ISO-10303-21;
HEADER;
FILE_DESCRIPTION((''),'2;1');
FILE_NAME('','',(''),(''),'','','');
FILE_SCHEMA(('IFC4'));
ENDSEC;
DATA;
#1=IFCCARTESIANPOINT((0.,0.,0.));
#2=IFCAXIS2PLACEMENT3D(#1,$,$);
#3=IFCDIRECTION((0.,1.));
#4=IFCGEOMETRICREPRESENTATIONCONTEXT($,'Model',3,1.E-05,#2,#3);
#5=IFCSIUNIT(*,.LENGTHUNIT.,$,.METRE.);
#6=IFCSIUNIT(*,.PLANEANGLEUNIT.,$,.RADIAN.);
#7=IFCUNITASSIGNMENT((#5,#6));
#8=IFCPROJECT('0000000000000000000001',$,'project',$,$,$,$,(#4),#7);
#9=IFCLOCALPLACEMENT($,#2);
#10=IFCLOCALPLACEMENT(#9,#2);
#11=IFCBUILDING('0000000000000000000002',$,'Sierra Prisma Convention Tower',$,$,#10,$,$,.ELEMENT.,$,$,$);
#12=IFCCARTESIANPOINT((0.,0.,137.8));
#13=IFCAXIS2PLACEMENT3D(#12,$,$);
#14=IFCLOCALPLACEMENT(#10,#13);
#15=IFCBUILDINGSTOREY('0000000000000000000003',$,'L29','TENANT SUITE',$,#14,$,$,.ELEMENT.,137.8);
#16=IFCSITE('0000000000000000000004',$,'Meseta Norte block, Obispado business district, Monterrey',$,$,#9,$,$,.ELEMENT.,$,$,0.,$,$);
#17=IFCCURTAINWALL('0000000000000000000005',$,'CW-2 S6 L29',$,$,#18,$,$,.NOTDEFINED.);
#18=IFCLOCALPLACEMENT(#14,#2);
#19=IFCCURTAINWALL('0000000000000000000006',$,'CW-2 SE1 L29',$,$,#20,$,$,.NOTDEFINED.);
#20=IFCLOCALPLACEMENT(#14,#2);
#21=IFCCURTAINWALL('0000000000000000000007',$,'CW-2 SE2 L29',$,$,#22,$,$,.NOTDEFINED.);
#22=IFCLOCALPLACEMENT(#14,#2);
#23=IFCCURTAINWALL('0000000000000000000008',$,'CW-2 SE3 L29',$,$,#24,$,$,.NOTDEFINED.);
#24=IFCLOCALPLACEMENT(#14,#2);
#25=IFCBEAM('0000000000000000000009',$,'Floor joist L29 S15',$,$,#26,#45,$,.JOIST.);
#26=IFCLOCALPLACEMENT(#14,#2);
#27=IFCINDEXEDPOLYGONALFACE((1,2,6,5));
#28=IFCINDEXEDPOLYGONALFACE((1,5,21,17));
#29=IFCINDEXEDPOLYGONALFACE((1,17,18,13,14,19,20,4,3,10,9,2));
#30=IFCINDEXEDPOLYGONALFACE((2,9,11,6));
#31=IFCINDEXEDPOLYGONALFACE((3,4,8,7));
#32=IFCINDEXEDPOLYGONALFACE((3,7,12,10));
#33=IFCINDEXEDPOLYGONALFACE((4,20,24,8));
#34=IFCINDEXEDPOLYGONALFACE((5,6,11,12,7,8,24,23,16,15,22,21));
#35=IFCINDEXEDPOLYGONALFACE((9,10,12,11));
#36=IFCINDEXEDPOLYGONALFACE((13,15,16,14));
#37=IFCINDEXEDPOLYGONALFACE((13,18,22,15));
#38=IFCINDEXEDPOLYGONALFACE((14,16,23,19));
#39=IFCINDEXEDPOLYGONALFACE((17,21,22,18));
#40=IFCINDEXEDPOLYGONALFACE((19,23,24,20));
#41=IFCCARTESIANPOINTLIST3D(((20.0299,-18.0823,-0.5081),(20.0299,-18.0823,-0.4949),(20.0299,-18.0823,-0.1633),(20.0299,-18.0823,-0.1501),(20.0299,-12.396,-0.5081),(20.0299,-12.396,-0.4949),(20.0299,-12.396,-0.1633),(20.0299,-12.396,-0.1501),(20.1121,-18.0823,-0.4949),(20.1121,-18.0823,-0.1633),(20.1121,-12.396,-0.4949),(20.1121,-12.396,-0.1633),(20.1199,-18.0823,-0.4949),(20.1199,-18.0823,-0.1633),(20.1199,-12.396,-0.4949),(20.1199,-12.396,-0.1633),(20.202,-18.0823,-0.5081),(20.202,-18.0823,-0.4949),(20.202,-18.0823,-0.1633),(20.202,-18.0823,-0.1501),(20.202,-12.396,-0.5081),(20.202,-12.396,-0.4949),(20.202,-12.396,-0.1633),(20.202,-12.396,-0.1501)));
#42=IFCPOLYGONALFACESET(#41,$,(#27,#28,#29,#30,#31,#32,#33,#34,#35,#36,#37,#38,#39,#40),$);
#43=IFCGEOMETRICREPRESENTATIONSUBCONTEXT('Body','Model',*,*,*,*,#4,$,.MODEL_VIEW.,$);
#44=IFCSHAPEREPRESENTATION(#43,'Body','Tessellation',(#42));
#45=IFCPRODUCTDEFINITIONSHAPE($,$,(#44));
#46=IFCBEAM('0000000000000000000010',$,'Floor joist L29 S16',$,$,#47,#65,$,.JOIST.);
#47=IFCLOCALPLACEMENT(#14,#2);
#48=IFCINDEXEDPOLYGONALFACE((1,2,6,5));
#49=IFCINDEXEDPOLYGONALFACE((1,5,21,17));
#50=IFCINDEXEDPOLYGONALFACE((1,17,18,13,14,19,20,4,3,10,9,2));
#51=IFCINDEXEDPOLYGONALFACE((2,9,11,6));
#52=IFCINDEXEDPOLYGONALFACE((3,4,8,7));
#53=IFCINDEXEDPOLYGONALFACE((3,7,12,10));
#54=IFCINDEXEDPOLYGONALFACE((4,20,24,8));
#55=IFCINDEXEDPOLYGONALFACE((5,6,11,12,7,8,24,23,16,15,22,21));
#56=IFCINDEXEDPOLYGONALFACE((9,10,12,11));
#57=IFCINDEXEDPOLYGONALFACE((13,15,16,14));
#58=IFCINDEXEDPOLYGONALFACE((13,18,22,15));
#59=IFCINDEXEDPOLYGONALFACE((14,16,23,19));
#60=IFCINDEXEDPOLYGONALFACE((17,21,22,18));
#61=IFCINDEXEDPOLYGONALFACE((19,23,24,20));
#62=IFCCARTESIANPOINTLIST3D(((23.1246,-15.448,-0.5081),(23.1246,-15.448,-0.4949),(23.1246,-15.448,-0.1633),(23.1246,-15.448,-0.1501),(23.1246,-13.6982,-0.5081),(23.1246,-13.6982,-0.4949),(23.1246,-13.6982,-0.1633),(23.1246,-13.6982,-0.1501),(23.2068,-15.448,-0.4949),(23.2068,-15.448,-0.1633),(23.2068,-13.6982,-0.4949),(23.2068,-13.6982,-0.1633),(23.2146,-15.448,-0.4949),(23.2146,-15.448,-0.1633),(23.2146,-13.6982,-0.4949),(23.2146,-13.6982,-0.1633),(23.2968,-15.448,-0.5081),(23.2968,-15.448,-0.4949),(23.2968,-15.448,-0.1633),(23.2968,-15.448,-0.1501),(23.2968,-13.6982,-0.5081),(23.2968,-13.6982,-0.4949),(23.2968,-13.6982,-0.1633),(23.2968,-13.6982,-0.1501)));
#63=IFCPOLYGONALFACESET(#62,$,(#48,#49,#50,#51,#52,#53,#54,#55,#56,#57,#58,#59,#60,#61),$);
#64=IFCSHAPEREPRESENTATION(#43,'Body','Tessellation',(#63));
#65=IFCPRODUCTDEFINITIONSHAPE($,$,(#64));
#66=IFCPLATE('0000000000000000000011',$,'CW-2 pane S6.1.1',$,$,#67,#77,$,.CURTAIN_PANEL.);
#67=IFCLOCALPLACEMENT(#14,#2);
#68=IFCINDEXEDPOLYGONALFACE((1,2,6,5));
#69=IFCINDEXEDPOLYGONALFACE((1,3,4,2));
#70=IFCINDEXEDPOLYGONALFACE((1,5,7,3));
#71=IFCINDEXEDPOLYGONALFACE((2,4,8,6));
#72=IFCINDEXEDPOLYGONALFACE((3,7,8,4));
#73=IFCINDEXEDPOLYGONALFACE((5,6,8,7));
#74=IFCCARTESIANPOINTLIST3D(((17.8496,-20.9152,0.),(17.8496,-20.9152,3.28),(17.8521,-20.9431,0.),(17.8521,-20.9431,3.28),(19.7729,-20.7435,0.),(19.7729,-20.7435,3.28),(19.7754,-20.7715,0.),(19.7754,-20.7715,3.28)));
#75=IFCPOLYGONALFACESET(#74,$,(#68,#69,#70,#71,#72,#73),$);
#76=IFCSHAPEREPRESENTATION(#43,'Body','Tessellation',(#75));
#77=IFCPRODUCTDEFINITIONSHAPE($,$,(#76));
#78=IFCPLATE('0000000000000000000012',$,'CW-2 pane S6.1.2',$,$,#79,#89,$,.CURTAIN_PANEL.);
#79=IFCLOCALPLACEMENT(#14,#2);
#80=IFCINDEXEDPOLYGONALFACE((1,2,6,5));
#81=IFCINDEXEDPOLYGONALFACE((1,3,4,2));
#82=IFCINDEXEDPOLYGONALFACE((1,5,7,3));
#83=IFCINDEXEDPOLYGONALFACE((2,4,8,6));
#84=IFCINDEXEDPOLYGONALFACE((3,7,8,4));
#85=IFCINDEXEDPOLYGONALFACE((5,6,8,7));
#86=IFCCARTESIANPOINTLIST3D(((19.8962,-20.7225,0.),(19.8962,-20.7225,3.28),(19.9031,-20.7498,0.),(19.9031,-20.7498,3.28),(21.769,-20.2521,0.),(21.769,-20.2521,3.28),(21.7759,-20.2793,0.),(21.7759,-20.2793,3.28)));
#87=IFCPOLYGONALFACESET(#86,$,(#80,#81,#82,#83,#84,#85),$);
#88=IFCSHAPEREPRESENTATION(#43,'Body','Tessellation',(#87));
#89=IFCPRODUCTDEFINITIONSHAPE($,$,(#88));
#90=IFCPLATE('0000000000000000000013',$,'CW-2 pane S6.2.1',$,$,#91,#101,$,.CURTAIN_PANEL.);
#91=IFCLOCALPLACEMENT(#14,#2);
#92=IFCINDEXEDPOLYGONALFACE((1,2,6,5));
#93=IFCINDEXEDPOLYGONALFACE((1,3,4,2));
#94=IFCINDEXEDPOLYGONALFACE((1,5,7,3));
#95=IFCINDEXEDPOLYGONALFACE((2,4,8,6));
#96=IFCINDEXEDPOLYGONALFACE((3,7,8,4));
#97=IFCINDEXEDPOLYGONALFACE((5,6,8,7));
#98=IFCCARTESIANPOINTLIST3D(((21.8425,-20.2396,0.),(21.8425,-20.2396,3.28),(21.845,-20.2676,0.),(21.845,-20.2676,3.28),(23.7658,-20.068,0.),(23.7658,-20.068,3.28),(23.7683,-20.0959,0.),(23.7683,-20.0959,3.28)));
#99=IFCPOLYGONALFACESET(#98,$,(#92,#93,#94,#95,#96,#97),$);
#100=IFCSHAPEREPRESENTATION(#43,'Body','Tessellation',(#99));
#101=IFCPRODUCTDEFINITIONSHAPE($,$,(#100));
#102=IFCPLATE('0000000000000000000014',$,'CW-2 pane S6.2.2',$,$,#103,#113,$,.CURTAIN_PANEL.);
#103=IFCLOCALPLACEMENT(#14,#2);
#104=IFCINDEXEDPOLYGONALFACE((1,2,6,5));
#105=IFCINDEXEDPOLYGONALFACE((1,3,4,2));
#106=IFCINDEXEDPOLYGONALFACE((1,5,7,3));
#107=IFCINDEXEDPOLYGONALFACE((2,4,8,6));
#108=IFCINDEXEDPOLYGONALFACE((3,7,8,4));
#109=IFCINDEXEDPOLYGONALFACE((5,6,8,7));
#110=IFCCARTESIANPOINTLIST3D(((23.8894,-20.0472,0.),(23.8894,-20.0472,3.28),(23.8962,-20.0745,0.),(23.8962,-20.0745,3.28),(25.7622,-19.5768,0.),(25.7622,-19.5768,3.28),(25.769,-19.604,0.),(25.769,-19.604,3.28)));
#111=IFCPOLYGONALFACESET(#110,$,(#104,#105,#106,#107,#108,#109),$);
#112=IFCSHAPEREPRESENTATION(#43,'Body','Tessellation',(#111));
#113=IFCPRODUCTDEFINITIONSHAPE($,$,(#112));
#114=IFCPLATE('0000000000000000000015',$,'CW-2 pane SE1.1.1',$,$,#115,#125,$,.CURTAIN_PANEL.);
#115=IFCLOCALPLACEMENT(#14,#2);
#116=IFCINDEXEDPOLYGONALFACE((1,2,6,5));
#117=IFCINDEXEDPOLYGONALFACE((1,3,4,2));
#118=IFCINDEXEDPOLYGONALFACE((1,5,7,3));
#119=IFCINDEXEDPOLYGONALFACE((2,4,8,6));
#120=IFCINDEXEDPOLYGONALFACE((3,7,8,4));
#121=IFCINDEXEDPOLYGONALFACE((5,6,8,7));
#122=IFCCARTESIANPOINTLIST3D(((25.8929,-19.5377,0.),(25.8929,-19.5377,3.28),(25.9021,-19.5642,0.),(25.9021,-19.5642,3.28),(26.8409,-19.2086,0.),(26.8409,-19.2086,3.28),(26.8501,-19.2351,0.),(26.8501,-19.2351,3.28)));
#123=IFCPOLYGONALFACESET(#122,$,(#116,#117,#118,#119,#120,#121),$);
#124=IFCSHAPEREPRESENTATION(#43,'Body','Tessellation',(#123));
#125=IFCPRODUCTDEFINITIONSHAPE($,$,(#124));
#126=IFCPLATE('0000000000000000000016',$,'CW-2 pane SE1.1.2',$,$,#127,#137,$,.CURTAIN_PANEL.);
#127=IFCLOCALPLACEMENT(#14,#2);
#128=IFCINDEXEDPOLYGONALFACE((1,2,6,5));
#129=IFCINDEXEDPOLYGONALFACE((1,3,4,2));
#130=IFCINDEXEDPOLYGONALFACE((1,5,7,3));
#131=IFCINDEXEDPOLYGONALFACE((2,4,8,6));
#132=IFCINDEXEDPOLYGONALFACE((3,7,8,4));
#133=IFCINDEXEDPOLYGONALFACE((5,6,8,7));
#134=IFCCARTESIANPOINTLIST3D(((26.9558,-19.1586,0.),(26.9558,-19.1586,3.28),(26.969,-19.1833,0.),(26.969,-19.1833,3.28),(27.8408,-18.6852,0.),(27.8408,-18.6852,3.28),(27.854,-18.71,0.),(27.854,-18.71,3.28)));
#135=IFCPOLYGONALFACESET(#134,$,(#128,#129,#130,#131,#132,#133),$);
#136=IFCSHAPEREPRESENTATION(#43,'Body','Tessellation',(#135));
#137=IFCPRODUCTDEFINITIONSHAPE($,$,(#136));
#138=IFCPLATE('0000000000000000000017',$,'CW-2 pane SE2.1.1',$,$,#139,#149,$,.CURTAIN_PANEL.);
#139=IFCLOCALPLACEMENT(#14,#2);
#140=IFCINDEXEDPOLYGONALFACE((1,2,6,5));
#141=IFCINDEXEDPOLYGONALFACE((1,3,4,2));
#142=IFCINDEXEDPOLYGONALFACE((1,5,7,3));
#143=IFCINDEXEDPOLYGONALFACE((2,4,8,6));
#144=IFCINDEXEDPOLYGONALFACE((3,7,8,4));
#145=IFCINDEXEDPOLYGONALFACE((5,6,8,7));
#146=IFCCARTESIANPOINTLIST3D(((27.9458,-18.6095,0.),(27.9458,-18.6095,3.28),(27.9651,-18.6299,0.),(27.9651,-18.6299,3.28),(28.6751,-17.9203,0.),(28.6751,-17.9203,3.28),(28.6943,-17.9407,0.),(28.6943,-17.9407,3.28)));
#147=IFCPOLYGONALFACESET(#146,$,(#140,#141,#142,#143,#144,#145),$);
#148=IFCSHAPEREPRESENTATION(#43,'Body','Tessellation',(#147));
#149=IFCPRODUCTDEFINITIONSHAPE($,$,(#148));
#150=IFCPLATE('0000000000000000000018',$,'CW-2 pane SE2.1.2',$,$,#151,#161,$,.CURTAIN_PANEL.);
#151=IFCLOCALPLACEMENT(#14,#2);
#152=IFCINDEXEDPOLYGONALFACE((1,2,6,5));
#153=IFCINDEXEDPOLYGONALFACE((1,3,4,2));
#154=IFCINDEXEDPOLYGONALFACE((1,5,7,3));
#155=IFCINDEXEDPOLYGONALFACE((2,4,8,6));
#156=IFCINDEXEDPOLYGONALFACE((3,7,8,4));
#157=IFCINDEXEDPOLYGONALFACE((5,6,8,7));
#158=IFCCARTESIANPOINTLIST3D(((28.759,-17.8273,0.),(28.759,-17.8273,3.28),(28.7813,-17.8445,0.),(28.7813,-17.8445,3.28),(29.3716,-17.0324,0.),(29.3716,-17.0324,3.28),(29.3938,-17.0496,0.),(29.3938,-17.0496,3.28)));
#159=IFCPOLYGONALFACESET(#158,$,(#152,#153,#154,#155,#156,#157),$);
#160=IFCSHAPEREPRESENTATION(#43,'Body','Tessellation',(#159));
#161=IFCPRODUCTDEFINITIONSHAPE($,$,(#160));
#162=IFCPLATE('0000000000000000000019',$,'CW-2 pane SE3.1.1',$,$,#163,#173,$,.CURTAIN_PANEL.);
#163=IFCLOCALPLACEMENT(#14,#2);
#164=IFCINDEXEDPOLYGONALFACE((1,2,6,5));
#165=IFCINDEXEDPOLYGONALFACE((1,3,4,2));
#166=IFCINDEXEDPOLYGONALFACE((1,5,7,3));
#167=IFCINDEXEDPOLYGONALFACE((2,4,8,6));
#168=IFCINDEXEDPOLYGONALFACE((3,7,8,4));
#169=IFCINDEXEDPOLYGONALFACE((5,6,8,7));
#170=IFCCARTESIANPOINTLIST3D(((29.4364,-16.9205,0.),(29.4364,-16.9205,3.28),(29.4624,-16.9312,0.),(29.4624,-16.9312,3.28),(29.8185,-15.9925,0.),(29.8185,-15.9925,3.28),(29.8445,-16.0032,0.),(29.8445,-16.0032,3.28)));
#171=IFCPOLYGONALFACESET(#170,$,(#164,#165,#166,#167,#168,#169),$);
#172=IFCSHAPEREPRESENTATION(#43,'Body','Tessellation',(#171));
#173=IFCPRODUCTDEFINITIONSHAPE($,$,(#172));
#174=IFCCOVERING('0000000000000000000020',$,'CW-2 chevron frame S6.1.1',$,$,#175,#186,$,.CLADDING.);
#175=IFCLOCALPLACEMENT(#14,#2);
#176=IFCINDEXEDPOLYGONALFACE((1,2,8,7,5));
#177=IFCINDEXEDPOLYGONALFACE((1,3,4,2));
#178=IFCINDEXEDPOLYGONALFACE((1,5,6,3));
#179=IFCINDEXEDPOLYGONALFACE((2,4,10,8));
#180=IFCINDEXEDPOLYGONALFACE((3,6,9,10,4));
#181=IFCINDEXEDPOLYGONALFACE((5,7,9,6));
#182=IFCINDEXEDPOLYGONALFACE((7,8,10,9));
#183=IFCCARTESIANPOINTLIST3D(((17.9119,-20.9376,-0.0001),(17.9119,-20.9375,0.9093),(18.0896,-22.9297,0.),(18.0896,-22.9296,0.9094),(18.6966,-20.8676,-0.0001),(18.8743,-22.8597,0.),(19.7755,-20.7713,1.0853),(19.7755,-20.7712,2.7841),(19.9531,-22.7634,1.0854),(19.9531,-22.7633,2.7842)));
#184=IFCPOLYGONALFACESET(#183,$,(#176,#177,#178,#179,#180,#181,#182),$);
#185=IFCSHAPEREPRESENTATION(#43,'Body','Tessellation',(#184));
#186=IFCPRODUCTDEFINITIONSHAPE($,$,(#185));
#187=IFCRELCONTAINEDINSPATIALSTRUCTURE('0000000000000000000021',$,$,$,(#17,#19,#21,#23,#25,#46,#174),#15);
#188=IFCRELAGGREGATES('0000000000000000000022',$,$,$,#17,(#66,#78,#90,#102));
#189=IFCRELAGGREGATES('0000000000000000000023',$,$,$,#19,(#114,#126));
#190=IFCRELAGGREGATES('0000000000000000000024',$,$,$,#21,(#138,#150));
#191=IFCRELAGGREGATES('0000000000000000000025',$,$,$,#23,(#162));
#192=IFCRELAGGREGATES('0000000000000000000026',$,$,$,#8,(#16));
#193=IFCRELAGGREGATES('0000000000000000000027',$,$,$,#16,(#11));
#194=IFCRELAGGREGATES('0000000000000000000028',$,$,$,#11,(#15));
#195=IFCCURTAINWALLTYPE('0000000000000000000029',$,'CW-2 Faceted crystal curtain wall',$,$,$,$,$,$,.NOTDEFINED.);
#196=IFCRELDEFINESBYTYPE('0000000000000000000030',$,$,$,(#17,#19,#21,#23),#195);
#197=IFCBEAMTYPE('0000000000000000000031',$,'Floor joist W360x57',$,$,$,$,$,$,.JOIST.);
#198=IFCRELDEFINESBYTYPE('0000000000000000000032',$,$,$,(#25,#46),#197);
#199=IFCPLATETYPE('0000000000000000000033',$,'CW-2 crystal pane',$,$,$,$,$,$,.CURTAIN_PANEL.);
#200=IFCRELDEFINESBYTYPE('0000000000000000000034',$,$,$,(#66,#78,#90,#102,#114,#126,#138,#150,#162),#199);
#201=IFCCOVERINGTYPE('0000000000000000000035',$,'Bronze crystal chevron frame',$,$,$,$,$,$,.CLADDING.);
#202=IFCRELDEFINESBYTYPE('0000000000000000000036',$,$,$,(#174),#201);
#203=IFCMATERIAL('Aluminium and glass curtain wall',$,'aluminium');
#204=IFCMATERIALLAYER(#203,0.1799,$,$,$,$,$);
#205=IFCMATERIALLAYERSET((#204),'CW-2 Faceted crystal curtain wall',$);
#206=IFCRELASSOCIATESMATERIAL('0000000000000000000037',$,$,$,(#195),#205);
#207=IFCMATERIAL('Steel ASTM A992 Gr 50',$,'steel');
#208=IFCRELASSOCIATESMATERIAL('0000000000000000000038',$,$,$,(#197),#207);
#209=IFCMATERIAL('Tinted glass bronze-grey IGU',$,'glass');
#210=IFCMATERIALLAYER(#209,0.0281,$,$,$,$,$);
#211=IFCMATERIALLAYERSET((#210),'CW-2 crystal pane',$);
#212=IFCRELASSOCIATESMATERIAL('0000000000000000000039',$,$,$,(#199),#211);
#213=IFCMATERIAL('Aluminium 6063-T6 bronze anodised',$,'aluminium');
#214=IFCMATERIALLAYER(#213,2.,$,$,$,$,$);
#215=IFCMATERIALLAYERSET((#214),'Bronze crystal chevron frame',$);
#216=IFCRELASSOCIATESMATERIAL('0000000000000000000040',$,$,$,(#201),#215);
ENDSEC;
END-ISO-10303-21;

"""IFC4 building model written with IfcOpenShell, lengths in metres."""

from ifc_helpers import new_model, si_unit, direction, frame, origin, origin_2d, place, context, subcontext, project, spatial, polyline, i_section, outline, extrude, material, layer, layer_set, material_profile, profile_set, type_object, element, aggregate, save


model = new_model("IFC4")

# Units and contexts
model_context = context("Model", 3, precision=1e-05, world=origin(), true_north=direction((0.0, 1.0)))
body_context = subcontext(model_context, "Body", "Model", "MODEL_VIEW")
ifc_project = project(units=[si_unit("LENGTHUNIT", "METRE"), si_unit("PLANEANGLEUNIT", "RADIAN")], contexts=[model_context])

# Site, building, storey
site_placement = place(None, origin())
site = spatial("IfcSite", under=ifc_project, at=site_placement, Name="Meseta Norte block, Obispado business district, Monterrey", CompositionType="ELEMENT", RefElevation=0.0)
building_placement = place(site_placement, origin())
building = spatial("IfcBuilding", under=site, at=building_placement, Name="Sierra Prisma Convention Tower", CompositionType="ELEMENT")
storey_placement = place(building_placement, frame((0.0, 0.0, 137.8)))
storey = spatial("IfcBuildingStorey", under=building, at=storey_placement, Name="L29", Description="TENANT SUITE", CompositionType="ELEMENT", Elevation=137.8)

# Curtain wall
ifc_material_1 = material(Name="Aluminium and glass curtain wall", Category="aluminium")
ifc_layer_1 = layer(ifc_material_1, 0.1799)
ifc_layer_set_1 = layer_set([ifc_layer_1], Name="CW-2 Faceted crystal curtain wall")
curtain_wall_type = type_object("IfcCurtainWallType", Name="CW-2 Faceted crystal curtain wall", PredefinedType="NOTDEFINED", material=ifc_layer_set_1)
curtain_wall_1_placement = place(storey_placement, origin())
curtain_wall_1 = element("IfcCurtainWall", 1, at=curtain_wall_1_placement, inside=storey, type_object=curtain_wall_type, Name="CW-2 S6 L29", PredefinedType="NOTDEFINED")

# Curtain walls
curtain_wall_2_placement = place(storey_placement, origin())
curtain_wall_2 = element("IfcCurtainWall", 2, at=curtain_wall_2_placement, inside=storey, type_object=curtain_wall_type, Name="CW-2 SE1 L29", PredefinedType="NOTDEFINED")
curtain_wall_3_placement = place(storey_placement, origin())
curtain_wall_3 = element("IfcCurtainWall", 3, at=curtain_wall_3_placement, inside=storey, type_object=curtain_wall_type, Name="CW-2 SE2 L29", PredefinedType="NOTDEFINED")
curtain_wall_4_placement = place(storey_placement, origin())
curtain_wall_4 = element("IfcCurtainWall", 4, at=curtain_wall_4_placement, inside=storey, type_object=curtain_wall_type, Name="CW-2 SE3 L29", PredefinedType="NOTDEFINED")

# Beams
ifc_material_2 = material(Name="Steel ASTM A992 Gr 50", Category="steel")
ifc_material_profile_1 = material_profile(ifc_material_2, i_section(OverallWidth=0.1721, OverallDepth=0.3579, WebThickness=0.0078, FlangeThickness=0.0132, at=origin_2d()), Name="W360x57")
ifc_profile_set_1 = profile_set([ifc_material_profile_1], Name="Steel ASTM A992 Gr 50")
beam_type = type_object("IfcBeamType", Name="Floor joist W360x57", PredefinedType="JOIST", material=ifc_profile_set_1)
beam_1_placement = place(storey_placement, frame((20.116, -18.0823, -0.3291), z_axis=(0.0, 1.0, 0.0), x_axis=(-1.0, 0.0, 0.0)))
element("IfcBeam", 5, at=beam_1_placement, inside=storey, type_object=beam_type, Name="Floor joist L29 S15", PredefinedType="JOIST", context=body_context, shape_type="SweptSolid", body=[
    extrude(i_section(OverallWidth=0.1721, OverallDepth=0.3579, WebThickness=0.0078, FlangeThickness=0.0132, at=origin_2d()), origin(), (0.0, 0.0, 1.0), 5.6863),
])
beam_2_placement = place(storey_placement, frame((23.2107, -15.448, -0.3291), z_axis=(0.0, 1.0, 0.0), x_axis=(-1.0, 0.0, 0.0)))
element("IfcBeam", 6, at=beam_2_placement, inside=storey, type_object=beam_type, Name="Floor joist L29 S16", PredefinedType="JOIST", context=body_context, shape_type="SweptSolid", body=[
    extrude(i_section(OverallWidth=0.1721, OverallDepth=0.3579, WebThickness=0.0078, FlangeThickness=0.0132, at=origin_2d()), origin(), (0.0, 0.0, 1.0), 1.7498),
])

# Plates
ifc_material_3 = material(Name="Tinted glass bronze-grey IGU", Category="glass")
ifc_layer_2 = layer(ifc_material_3, 0.0281)
ifc_layer_set_2 = layer_set([ifc_layer_2], Name="CW-2 crystal pane")
plate_type = type_object("IfcPlateType", Name="CW-2 crystal pane", PredefinedType="CURTAIN_PANEL", material=ifc_layer_set_2)
plate_1_placement = place(storey_placement, frame((17.8521, -20.9431, 0.0), z_axis=(0.088883, -0.996042, 0.0), x_axis=(0.996042, 0.088883, 0.0)))
plate_1 = element("IfcPlate", 7, at=plate_1_placement, type_object=plate_type, Name="CW-2 pane S6.1.1", PredefinedType="CURTAIN_PANEL", context=body_context, shape_type="SweptSolid", body=[
    extrude(outline(polyline([(0.0, 0.0), (1.931, 0.0), (1.931, 3.28), (0.0, 3.28), (0.0, 0.0)])), origin(), (0.0, 0.0, -1.0), 0.0281),
])
plate_2_placement = place(storey_placement, frame((21.7759, -20.2793, 0.0), z_axis=(0.243636, -0.969867, 0.0), x_axis=(-0.969867, -0.243636, 0.0)))
plate_2 = element("IfcPlate", 8, at=plate_2_placement, type_object=plate_type, Name="CW-2 pane S6.1.2", PredefinedType="CURTAIN_PANEL", context=body_context, shape_type="SweptSolid", body=[
    extrude(outline(polyline([(0.0, 0.0), (1.931, 0.0), (1.931, -3.28), (0.0, -3.28), (0.0, 0.0)])), origin(), (0.0, 0.0, -1.0), 0.0281),
])
plate_3_placement = place(storey_placement, frame((21.845, -20.2676, 0.0), z_axis=(0.088883, -0.996042, 0.0), x_axis=(0.996042, 0.088883, 0.0)))
plate_3 = element("IfcPlate", 9, at=plate_3_placement, type_object=plate_type, Name="CW-2 pane S6.2.1", PredefinedType="CURTAIN_PANEL", context=body_context, shape_type="SweptSolid", body=[
    extrude(outline(polyline([(0.0, 0.0), (1.931, 0.0), (1.931, 3.28), (0.0, 3.28), (0.0, 0.0)])), origin(), (0.0, 0.0, -1.0), 0.0281),
])
plate_4_placement = place(storey_placement, frame((25.769, -19.604, 0.0), z_axis=(0.243636, -0.969867, 0.0), x_axis=(-0.969867, -0.243636, 0.0)))
plate_4 = element("IfcPlate", 10, at=plate_4_placement, type_object=plate_type, Name="CW-2 pane S6.2.2", PredefinedType="CURTAIN_PANEL", context=body_context, shape_type="SweptSolid", body=[
    extrude(outline(polyline([(0.0, 0.0), (1.931, 0.0), (1.931, -3.28), (0.0, -3.28), (0.0, 0.0)])), origin(), (0.0, 0.0, -1.0), 0.0281),
])
aggregate(curtain_wall_1, [plate_1, plate_2, plate_3, plate_4])
plate_5_placement = place(storey_placement, frame((25.9021, -19.5642, 0.0), z_axis=(0.327954, -0.944694, 0.0), x_axis=(0.944694, 0.327954, 0.0)))
plate_5 = element("IfcPlate", 11, at=plate_5_placement, type_object=plate_type, Name="CW-2 pane SE1.1.1", PredefinedType="CURTAIN_PANEL", context=body_context, shape_type="SweptSolid", body=[
    extrude(outline(polyline([(0.0, 0.0), (1.0035, 0.0), (1.0035, 3.28), (0.0, 3.28), (0.0, 0.0)])), origin(), (0.0, 0.0, -1.0), 0.0281),
])
plate_6_placement = place(storey_placement, frame((27.854, -18.71, 0.0), z_axis=(0.471661, -0.88178, 0.0), x_axis=(-0.88178, -0.471661, 0.0)))
plate_6 = element("IfcPlate", 12, at=plate_6_placement, type_object=plate_type, Name="CW-2 pane SE1.1.2", PredefinedType="CURTAIN_PANEL", context=body_context, shape_type="SweptSolid", body=[
    extrude(outline(polyline([(0.0, 0.0), (1.0037, 0.0), (1.0037, -3.28), (0.0, -3.28), (0.0, 0.0)])), origin(), (0.0, 0.0, -1.0), 0.0281),
])
aggregate(curtain_wall_2, [plate_5, plate_6])
plate_7_placement = place(storey_placement, frame((27.9651, -18.6299, 0.0), z_axis=(0.686874, -0.726777, 0.0), x_axis=(0.726777, 0.686874, 0.0)))
plate_7 = element("IfcPlate", 13, at=plate_7_placement, type_object=plate_type, Name="CW-2 pane SE2.1.1", PredefinedType="CURTAIN_PANEL", context=body_context, shape_type="SweptSolid", body=[
    extrude(outline(polyline([(0.0, 0.0), (1.0034, 0.0), (1.0034, 3.28), (0.0, 3.28), (0.0, 0.0)])), origin(), (0.0, 0.0, -1.0), 0.0281),
])
plate_8_placement = place(storey_placement, frame((29.3938, -17.0496, 0.0), z_axis=(0.792108, -0.610381, 0.0), x_axis=(-0.610381, -0.792108, 0.0)))
plate_8 = element("IfcPlate", 14, at=plate_8_placement, type_object=plate_type, Name="CW-2 pane SE2.1.2", PredefinedType="CURTAIN_PANEL", context=body_context, shape_type="SweptSolid", body=[
    extrude(outline(polyline([(0.0, 0.0), (1.0036, 0.0), (1.0036, -3.28), (0.0, -3.28), (0.0, 0.0)])), origin(), (0.0, 0.0, -1.0), 0.0281),
])
aggregate(curtain_wall_3, [plate_7, plate_8])
plate_9_placement = place(storey_placement, frame((29.4624, -16.9312, 0.0), z_axis=(0.924688, -0.380725, 0.0), x_axis=(0.380725, 0.924688, 0.0)))
plate_9 = element("IfcPlate", 15, at=plate_9_placement, type_object=plate_type, Name="CW-2 pane SE3.1.1", PredefinedType="CURTAIN_PANEL", context=body_context, shape_type="SweptSolid", body=[
    extrude(outline(polyline([(0.0, 0.0), (1.0036, 0.0), (1.0036, 3.28), (0.0, 3.28), (0.0, 0.0)])), origin(), (0.0, 0.0, -1.0), 0.0281),
])
aggregate(curtain_wall_4, [plate_9])

# Covering
ifc_material_4 = material(Name="Aluminium 6063-T6 bronze anodised", Category="aluminium")
ifc_layer_3 = layer(ifc_material_4, 2.0)
ifc_layer_set_3 = layer_set([ifc_layer_3], Name="Bronze crystal chevron frame")
covering_type = type_object("IfcCoveringType", Name="Bronze crystal chevron frame", PredefinedType="CLADDING", material=ifc_layer_set_3)
covering_1_placement = place(storey_placement, frame((18.0896, -22.9297, 0.0), z_axis=(0.088831, -0.996047, 0.000059), x_axis=(0.996047, 0.088831, 0.0)))
element("IfcCovering", 16, at=covering_1_placement, inside=storey, type_object=covering_type, Name="CW-2 chevron frame S6.1.1", PredefinedType="CLADDING", context=body_context, shape_type="SweptSolid", body=[
    extrude(outline(polyline([(0.0, 0.0), (0.7878, 0.0), (1.8709, 1.0854), (1.8709, 2.7842), (0.0, 0.9094), (0.0, 0.0)])), origin(), (0.0, 0.0, -1.0), 2.0),
])

save(model, "model.ifc")
